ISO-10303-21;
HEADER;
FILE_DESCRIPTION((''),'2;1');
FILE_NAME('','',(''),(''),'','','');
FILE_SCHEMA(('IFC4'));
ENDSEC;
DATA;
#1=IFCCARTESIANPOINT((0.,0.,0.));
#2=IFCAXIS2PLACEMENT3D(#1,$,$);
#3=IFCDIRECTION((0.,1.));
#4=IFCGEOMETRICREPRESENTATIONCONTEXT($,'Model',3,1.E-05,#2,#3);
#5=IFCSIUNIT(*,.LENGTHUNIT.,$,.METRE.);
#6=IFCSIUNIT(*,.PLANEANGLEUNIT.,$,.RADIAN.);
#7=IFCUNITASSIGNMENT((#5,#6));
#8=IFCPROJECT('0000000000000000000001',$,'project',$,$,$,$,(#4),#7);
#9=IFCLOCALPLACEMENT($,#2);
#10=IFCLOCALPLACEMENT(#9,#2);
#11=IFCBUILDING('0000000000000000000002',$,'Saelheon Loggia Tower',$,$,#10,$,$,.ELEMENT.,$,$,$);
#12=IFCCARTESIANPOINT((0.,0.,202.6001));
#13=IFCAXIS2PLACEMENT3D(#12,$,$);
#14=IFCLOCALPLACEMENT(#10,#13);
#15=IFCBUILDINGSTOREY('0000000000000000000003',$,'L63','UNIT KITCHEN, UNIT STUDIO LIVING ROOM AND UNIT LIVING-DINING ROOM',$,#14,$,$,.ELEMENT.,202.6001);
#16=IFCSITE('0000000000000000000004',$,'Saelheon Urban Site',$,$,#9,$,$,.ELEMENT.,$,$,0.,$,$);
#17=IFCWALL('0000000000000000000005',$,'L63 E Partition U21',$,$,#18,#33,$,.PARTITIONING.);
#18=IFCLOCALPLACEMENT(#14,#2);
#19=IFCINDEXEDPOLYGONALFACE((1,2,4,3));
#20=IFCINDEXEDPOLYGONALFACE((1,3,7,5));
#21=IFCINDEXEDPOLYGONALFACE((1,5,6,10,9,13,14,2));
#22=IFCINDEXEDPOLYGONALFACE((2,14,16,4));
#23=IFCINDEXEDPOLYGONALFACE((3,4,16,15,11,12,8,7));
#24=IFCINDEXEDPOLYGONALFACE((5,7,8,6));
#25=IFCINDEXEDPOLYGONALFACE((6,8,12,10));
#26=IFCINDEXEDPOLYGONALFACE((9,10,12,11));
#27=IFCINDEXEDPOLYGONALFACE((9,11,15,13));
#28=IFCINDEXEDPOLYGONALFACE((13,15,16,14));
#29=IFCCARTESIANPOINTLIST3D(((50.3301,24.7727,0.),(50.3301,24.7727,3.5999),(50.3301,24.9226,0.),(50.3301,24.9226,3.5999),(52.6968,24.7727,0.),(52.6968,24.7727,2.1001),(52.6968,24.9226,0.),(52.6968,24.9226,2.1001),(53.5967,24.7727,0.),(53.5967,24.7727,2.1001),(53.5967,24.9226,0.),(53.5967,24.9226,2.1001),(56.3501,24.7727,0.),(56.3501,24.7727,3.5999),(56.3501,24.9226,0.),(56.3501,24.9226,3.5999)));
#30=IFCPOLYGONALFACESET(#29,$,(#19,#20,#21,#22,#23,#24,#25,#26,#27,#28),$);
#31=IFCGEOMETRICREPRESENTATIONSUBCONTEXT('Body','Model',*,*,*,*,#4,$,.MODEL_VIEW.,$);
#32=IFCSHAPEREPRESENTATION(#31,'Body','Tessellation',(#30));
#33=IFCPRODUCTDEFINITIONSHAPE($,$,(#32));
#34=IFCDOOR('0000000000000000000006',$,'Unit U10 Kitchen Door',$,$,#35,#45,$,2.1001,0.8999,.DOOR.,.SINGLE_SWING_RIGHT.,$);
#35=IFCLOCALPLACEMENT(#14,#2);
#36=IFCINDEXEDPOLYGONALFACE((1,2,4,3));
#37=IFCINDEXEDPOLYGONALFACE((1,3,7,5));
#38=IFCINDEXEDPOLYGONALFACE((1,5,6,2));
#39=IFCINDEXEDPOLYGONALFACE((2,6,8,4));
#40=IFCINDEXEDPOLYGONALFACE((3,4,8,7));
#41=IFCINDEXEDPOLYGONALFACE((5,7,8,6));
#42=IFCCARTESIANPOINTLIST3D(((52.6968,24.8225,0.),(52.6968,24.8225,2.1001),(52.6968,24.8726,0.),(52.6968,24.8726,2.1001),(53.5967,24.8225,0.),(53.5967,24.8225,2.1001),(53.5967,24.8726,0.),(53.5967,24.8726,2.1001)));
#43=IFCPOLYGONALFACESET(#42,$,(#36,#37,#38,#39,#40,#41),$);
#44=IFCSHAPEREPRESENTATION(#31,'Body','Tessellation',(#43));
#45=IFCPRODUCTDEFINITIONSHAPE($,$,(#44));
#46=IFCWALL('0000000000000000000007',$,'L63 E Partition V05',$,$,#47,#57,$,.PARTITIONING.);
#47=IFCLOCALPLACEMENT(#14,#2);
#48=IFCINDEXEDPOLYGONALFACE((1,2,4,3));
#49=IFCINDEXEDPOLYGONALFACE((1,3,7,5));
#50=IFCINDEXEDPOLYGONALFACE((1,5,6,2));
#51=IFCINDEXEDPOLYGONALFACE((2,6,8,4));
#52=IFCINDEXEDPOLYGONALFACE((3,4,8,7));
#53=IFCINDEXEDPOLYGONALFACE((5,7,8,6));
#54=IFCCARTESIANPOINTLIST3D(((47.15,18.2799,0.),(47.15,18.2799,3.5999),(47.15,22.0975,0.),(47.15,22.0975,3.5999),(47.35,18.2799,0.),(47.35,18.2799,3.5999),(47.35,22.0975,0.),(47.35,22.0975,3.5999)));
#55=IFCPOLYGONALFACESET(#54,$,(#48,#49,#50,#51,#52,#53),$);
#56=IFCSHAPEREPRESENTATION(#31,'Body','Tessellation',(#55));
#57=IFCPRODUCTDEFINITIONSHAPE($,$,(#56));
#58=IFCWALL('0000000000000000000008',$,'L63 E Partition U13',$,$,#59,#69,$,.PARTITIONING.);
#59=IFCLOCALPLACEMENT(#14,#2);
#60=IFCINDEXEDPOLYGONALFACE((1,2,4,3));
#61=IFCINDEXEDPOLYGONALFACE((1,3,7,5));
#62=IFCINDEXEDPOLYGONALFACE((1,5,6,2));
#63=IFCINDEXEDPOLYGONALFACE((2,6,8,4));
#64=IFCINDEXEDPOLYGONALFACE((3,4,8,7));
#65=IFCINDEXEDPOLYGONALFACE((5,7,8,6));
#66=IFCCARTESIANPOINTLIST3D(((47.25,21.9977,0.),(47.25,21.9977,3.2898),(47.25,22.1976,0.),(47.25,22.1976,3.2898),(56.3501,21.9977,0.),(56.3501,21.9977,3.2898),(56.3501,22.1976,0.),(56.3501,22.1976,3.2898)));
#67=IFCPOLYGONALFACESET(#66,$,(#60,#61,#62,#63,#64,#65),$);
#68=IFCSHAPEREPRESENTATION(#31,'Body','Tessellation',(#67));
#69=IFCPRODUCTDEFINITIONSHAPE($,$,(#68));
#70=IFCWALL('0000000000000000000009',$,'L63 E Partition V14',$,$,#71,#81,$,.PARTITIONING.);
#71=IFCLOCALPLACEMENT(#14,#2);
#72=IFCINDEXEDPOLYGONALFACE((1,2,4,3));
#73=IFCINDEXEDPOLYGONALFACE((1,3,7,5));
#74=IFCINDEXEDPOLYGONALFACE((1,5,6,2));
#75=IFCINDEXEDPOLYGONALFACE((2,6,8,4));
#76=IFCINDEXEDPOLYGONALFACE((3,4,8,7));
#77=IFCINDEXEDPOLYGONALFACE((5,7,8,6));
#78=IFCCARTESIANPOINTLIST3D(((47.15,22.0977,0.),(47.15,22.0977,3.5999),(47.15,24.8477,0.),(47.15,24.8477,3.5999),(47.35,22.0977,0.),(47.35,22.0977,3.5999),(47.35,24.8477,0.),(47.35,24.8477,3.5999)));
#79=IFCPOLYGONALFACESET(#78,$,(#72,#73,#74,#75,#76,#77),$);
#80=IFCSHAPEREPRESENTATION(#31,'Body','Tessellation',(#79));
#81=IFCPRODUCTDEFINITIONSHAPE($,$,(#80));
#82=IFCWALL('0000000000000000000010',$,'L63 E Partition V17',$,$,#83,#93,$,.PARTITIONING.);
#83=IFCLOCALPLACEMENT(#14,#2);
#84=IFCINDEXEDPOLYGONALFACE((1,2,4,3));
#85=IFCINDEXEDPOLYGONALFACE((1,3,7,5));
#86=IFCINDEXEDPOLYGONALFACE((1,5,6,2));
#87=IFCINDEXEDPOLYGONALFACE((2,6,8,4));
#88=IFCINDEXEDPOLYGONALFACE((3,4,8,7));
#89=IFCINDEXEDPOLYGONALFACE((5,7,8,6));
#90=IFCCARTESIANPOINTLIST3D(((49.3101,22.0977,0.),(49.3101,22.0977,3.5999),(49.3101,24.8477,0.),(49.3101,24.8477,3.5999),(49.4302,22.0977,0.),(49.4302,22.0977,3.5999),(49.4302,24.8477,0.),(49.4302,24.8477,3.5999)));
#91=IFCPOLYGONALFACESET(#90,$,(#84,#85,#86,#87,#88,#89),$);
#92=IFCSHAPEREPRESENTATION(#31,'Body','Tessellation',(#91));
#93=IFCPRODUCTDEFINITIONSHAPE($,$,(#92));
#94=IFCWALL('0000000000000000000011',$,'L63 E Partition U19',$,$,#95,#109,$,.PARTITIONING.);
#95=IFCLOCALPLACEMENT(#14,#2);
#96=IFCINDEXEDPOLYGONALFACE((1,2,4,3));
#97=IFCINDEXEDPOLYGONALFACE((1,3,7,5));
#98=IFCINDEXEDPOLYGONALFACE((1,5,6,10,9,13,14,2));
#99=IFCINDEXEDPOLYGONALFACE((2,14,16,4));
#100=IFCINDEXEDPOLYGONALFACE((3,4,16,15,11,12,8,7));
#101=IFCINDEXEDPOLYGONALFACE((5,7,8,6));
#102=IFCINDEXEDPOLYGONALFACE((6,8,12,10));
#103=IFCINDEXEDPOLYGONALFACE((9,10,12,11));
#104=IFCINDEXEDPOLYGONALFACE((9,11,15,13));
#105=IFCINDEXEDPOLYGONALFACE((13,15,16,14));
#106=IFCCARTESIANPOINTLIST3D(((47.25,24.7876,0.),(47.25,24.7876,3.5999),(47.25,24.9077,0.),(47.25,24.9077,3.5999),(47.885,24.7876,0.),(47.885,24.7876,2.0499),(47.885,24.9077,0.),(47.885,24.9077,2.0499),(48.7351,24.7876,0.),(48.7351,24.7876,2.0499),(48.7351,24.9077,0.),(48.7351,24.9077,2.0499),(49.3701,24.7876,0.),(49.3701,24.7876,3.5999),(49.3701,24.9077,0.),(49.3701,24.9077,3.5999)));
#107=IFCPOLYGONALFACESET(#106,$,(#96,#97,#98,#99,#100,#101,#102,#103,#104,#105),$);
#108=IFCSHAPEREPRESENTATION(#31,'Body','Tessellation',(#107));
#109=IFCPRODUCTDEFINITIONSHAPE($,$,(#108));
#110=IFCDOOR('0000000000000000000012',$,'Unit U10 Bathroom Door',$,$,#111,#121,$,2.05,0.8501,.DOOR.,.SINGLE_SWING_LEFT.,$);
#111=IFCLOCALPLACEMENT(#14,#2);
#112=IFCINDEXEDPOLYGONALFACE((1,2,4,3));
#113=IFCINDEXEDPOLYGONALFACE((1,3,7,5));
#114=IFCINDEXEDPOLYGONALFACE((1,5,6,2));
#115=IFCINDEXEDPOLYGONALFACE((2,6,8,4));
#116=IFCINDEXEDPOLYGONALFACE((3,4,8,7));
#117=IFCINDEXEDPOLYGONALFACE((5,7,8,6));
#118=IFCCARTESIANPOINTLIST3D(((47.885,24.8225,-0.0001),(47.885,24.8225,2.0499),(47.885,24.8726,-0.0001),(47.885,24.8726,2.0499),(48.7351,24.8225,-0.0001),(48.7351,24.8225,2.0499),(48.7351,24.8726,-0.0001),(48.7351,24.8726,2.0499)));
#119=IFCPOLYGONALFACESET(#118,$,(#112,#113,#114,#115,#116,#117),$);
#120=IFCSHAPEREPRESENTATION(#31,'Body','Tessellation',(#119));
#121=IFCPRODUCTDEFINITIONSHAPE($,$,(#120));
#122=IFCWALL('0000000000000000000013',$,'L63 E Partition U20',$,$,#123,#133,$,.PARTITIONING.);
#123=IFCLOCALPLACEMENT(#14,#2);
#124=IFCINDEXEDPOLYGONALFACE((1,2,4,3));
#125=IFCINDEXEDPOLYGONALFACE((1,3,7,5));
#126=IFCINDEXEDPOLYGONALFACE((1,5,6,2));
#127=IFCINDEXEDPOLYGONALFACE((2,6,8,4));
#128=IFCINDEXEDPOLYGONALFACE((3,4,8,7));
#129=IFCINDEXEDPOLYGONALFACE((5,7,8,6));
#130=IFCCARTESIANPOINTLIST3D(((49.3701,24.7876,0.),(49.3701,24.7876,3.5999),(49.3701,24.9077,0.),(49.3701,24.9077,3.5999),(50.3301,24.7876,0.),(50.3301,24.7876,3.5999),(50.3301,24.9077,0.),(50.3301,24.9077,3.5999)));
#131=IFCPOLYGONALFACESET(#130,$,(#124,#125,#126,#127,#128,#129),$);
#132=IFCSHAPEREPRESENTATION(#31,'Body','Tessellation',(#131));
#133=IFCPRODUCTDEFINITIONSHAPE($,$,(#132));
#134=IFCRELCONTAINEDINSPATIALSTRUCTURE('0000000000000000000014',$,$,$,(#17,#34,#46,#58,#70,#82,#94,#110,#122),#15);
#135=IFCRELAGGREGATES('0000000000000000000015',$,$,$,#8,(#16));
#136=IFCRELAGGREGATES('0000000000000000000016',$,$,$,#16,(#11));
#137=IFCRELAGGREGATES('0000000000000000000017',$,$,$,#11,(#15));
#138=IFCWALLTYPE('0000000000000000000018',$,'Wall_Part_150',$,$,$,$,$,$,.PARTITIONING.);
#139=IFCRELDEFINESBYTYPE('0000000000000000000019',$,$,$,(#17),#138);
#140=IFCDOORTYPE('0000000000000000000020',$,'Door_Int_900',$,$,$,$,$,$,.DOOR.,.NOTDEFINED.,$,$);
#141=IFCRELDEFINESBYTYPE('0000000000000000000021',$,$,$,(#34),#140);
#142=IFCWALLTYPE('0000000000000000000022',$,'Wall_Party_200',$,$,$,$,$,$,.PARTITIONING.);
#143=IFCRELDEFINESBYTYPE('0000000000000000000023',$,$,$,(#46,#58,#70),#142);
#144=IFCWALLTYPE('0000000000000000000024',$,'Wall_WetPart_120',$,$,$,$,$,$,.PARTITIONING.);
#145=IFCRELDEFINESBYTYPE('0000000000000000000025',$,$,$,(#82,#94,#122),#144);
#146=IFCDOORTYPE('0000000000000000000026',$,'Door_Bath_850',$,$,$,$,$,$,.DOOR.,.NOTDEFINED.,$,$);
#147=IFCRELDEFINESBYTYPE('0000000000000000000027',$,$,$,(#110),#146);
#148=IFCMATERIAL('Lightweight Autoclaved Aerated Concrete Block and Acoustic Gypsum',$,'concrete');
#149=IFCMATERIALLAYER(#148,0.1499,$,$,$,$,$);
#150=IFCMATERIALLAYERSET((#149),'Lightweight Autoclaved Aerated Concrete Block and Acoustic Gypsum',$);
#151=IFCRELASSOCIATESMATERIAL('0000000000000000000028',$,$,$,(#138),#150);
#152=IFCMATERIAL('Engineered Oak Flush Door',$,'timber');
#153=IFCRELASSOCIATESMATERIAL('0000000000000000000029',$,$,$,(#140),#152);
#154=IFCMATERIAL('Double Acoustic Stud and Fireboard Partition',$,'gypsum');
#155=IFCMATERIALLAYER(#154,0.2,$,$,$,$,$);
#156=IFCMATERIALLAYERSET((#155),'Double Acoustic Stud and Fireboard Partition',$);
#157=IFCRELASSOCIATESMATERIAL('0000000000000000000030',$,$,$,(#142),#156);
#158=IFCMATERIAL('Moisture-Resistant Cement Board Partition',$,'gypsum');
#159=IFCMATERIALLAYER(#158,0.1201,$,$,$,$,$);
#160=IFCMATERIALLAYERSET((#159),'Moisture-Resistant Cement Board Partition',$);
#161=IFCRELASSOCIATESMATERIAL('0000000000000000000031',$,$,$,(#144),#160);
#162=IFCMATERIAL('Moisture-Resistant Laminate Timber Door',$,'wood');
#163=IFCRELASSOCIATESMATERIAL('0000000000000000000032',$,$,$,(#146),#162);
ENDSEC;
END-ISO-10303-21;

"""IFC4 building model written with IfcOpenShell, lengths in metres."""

from ifc_helpers import new_model, si_unit, direction, frame, frame_2d, origin, place, context, subcontext, project, spatial, rectangle, extrude, source, transform, mapped, material, layer, layer_set, type_object, element, fill, save


model = new_model("IFC4")

# Units and contexts
model_context = context("Model", 3, precision=1e-05, world=origin(), true_north=direction((0.0, 1.0)))
body_context = subcontext(model_context, "Body", "Model", "MODEL_VIEW")
ifc_project = project(units=[si_unit("LENGTHUNIT", "METRE"), si_unit("PLANEANGLEUNIT", "RADIAN")], contexts=[model_context])

# Site, building, storey
site_placement = place(None, origin())
site = spatial("IfcSite", under=ifc_project, at=site_placement, Name="Saelheon Urban Site", CompositionType="ELEMENT", RefElevation=0.0)
building_placement = place(site_placement, origin())
building = spatial("IfcBuilding", under=site, at=building_placement, Name="Saelheon Loggia Tower", CompositionType="ELEMENT")
storey_placement = place(building_placement, frame((0.0, 0.0, 202.6001)))
storey = spatial("IfcBuildingStorey", under=building, at=storey_placement, Name="L63", Description="UNIT KITCHEN, UNIT STUDIO LIVING ROOM AND UNIT LIVING-DINING ROOM", CompositionType="ELEMENT", Elevation=202.6001)

# Shared definitions
ifc_material_1 = material(Name="Lightweight Autoclaved Aerated Concrete Block and Acoustic Gypsum", Category="concrete")
ifc_layer_1 = layer(ifc_material_1, 0.1499)
ifc_layer_set_1 = layer_set([ifc_layer_1], Name="Lightweight Autoclaved Aerated Concrete Block and Acoustic Gypsum")
wall_type_1 = type_object("IfcWallType", Name="Wall_Part_150", PredefinedType="PARTITIONING", material=ifc_layer_set_1)

# Wall, opening, door
ifc_material_2 = material(Name="Engineered Oak Flush Door", Category="timber")
door_type_1 = type_object("IfcDoorType", Name="Door_Int_900", OperationType="NOTDEFINED", PredefinedType="DOOR", material=ifc_material_2)
shared_shape_1 = source(origin(), body_context, "Body", "SweptSolid", [
    extrude(rectangle(XDim=0.8999, YDim=2.1001, at=frame_2d((0.45, 1.05))), frame((0.0, 0.0249, 0.0), z_axis=(0.0, -1.0, 0.0), x_axis=(1.0, 0.0, 0.0)), (0.0, 0.0, 1.0), 0.05),
])
wall_1_placement = place(storey_placement, frame((50.3301, 24.8477, 0.0), z_axis=(0.0, 0.0, 1.0), x_axis=(1.0, 0.0, 0.0)))
wall_1 = element("IfcWall", 1, at=wall_1_placement, inside=storey, type_object=wall_type_1, Name="L63 E Partition U21", PredefinedType="PARTITIONING", context=body_context, shape_type="SweptSolid", body=[
    extrude(rectangle(XDim=6.02, YDim=0.1499, at=frame_2d((3.01, 0.0))), origin(), (0.0, 0.0, 1.0), 3.5999),
])
opening_1_placement = place(wall_1_placement, frame((2.3667, 0.0, 0.0)))
opening_1 = element("IfcOpeningElement", 2, at=opening_1_placement, cuts=wall_1, PredefinedType="OPENING", context=body_context, shape_type="SweptSolid", body=[
    extrude(rectangle(XDim=0.8999, YDim=2.1001, at=frame_2d((0.45, 1.05))), frame((0.0, 0.0869, 0.0), z_axis=(0.0, -1.0, 0.0), x_axis=(1.0, 0.0, 0.0)), (0.0, 0.0, 1.0), 0.1738),
])
door_1_placement = place(opening_1_placement, origin())
door_1 = element("IfcDoor", 3, at=door_1_placement, inside=storey, type_object=door_type_1, Name="Unit U10 Kitchen Door", OperationType="SINGLE_SWING_RIGHT", OverallHeight=2.1001, OverallWidth=0.8999, PredefinedType="DOOR", context=body_context, shape_type="MappedRepresentation", body=[
    mapped(shared_shape_1, transform((0.0, 0.0, 0.0), scale=1.0)),
])
fill(opening_1, door_1)

# Walls
ifc_material_3 = material(Name="Double Acoustic Stud and Fireboard Partition", Category="gypsum")
ifc_layer_2 = layer(ifc_material_3, 0.2)
ifc_layer_set_2 = layer_set([ifc_layer_2], Name="Double Acoustic Stud and Fireboard Partition")
wall_type_2 = type_object("IfcWallType", Name="Wall_Party_200", PredefinedType="PARTITIONING", material=ifc_layer_set_2)
wall_2_placement = place(storey_placement, frame((47.25, 18.28, 0.0), z_axis=(0.0, 0.0, 1.0), x_axis=(0.0, 1.0, 0.0)))
element("IfcWall", 4, at=wall_2_placement, inside=storey, type_object=wall_type_2, Name="L63 E Partition V05", PredefinedType="PARTITIONING", context=body_context, shape_type="SweptSolid", body=[
    extrude(rectangle(XDim=3.8176, YDim=0.2, at=frame_2d((1.9087, 0.0))), origin(), (0.0, 0.0, 1.0), 3.5999),
])
wall_3_placement = place(storey_placement, frame((47.25, 22.0977, 0.0), z_axis=(0.0, 0.0, 1.0), x_axis=(1.0, 0.0, 0.0)))
element("IfcWall", 5, at=wall_3_placement, inside=storey, type_object=wall_type_2, Name="L63 E Partition U13", PredefinedType="PARTITIONING", context=body_context, shape_type="SweptSolid", body=[
    extrude(rectangle(XDim=9.1001, YDim=0.2, at=frame_2d((4.55, 0.0))), origin(), (0.0, 0.0, 1.0), 3.2898),
])
wall_4_placement = place(storey_placement, frame((47.25, 22.0977, 0.0), z_axis=(0.0, 0.0, 1.0), x_axis=(0.0, 1.0, 0.0)))
element("IfcWall", 6, at=wall_4_placement, inside=storey, type_object=wall_type_2, Name="L63 E Partition V14", PredefinedType="PARTITIONING", context=body_context, shape_type="SweptSolid", body=[
    extrude(rectangle(XDim=2.75, YDim=0.2, at=frame_2d((1.375, 0.0))), origin(), (0.0, 0.0, 1.0), 3.5999),
])

# Wall
ifc_material_4 = material(Name="Moisture-Resistant Cement Board Partition", Category="gypsum")
ifc_layer_3 = layer(ifc_material_4, 0.1201)
ifc_layer_set_3 = layer_set([ifc_layer_3], Name="Moisture-Resistant Cement Board Partition")
wall_type_3 = type_object("IfcWallType", Name="Wall_WetPart_120", PredefinedType="PARTITIONING", material=ifc_layer_set_3)
wall_5_placement = place(storey_placement, frame((49.3701, 22.0977, 0.0), z_axis=(0.0, 0.0, 1.0), x_axis=(0.0, 1.0, 0.0)))
element("IfcWall", 7, at=wall_5_placement, inside=storey, type_object=wall_type_3, Name="L63 E Partition V17", PredefinedType="PARTITIONING", context=body_context, shape_type="SweptSolid", body=[
    extrude(rectangle(XDim=2.75, YDim=0.1201, at=frame_2d((1.375, 0.0))), origin(), (0.0, 0.0, 1.0), 3.5999),
])

# Wall, opening, door
wall_6_placement = place(storey_placement, frame((47.25, 24.8477, 0.0), z_axis=(0.0, 0.0, 1.0), x_axis=(1.0, 0.0, 0.0)))
wall_6 = element("IfcWall", 8, at=wall_6_placement, inside=storey, type_object=wall_type_3, Name="L63 E Partition U19", PredefinedType="PARTITIONING", context=body_context, shape_type="SweptSolid", body=[
    extrude(rectangle(XDim=2.1201, YDim=0.1201, at=frame_2d((1.0601, 0.0))), origin(), (0.0, 0.0, 1.0), 3.5999),
])
opening_2_placement = place(wall_6_placement, frame((0.635, 0.0, 0.0)))
opening_2 = element("IfcOpeningElement", 9, at=opening_2_placement, cuts=wall_6, PredefinedType="OPENING", context=body_context, shape_type="SweptSolid", body=[
    extrude(rectangle(XDim=0.8501, YDim=2.05, at=frame_2d((0.425, 1.0249))), frame((0.0, 0.072, 0.0), z_axis=(0.0, -1.0, 0.0), x_axis=(1.0, 0.0, 0.0)), (0.0, 0.0, 1.0), 0.144),
])
ifc_material_5 = material(Name="Moisture-Resistant Laminate Timber Door", Category="wood")
door_type_2 = type_object("IfcDoorType", Name="Door_Bath_850", OperationType="NOTDEFINED", PredefinedType="DOOR", material=ifc_material_5)
shared_shape_2 = source(origin(), body_context, "Body", "SweptSolid", [
    extrude(rectangle(XDim=0.8501, YDim=2.05, at=frame_2d((0.425, 1.0249))), frame((0.0, 0.0249, 0.0), z_axis=(0.0, -1.0, 0.0), x_axis=(1.0, 0.0, 0.0)), (0.0, 0.0, 1.0), 0.05),
])
door_2_placement = place(opening_2_placement, origin())
door_2 = element("IfcDoor", 10, at=door_2_placement, inside=storey, type_object=door_type_2, Name="Unit U10 Bathroom Door", OperationType="SINGLE_SWING_LEFT", OverallHeight=2.05, OverallWidth=0.8501, PredefinedType="DOOR", context=body_context, shape_type="MappedRepresentation", body=[
    mapped(shared_shape_2, transform((0.0, 0.0, 0.0), scale=1.0)),
])
fill(opening_2, door_2)

# Wall
wall_7_placement = place(storey_placement, frame((49.3701, 24.8477, 0.0), z_axis=(0.0, 0.0, 1.0), x_axis=(1.0, 0.0, 0.0)))
element("IfcWall", 11, at=wall_7_placement, inside=storey, type_object=wall_type_3, Name="L63 E Partition U20", PredefinedType="PARTITIONING", context=body_context, shape_type="SweptSolid", body=[
    extrude(rectangle(XDim=0.96, YDim=0.1201, at=frame_2d((0.48, 0.0))), origin(), (0.0, 0.0, 1.0), 3.5999),
])

save(model, "model.ifc")
